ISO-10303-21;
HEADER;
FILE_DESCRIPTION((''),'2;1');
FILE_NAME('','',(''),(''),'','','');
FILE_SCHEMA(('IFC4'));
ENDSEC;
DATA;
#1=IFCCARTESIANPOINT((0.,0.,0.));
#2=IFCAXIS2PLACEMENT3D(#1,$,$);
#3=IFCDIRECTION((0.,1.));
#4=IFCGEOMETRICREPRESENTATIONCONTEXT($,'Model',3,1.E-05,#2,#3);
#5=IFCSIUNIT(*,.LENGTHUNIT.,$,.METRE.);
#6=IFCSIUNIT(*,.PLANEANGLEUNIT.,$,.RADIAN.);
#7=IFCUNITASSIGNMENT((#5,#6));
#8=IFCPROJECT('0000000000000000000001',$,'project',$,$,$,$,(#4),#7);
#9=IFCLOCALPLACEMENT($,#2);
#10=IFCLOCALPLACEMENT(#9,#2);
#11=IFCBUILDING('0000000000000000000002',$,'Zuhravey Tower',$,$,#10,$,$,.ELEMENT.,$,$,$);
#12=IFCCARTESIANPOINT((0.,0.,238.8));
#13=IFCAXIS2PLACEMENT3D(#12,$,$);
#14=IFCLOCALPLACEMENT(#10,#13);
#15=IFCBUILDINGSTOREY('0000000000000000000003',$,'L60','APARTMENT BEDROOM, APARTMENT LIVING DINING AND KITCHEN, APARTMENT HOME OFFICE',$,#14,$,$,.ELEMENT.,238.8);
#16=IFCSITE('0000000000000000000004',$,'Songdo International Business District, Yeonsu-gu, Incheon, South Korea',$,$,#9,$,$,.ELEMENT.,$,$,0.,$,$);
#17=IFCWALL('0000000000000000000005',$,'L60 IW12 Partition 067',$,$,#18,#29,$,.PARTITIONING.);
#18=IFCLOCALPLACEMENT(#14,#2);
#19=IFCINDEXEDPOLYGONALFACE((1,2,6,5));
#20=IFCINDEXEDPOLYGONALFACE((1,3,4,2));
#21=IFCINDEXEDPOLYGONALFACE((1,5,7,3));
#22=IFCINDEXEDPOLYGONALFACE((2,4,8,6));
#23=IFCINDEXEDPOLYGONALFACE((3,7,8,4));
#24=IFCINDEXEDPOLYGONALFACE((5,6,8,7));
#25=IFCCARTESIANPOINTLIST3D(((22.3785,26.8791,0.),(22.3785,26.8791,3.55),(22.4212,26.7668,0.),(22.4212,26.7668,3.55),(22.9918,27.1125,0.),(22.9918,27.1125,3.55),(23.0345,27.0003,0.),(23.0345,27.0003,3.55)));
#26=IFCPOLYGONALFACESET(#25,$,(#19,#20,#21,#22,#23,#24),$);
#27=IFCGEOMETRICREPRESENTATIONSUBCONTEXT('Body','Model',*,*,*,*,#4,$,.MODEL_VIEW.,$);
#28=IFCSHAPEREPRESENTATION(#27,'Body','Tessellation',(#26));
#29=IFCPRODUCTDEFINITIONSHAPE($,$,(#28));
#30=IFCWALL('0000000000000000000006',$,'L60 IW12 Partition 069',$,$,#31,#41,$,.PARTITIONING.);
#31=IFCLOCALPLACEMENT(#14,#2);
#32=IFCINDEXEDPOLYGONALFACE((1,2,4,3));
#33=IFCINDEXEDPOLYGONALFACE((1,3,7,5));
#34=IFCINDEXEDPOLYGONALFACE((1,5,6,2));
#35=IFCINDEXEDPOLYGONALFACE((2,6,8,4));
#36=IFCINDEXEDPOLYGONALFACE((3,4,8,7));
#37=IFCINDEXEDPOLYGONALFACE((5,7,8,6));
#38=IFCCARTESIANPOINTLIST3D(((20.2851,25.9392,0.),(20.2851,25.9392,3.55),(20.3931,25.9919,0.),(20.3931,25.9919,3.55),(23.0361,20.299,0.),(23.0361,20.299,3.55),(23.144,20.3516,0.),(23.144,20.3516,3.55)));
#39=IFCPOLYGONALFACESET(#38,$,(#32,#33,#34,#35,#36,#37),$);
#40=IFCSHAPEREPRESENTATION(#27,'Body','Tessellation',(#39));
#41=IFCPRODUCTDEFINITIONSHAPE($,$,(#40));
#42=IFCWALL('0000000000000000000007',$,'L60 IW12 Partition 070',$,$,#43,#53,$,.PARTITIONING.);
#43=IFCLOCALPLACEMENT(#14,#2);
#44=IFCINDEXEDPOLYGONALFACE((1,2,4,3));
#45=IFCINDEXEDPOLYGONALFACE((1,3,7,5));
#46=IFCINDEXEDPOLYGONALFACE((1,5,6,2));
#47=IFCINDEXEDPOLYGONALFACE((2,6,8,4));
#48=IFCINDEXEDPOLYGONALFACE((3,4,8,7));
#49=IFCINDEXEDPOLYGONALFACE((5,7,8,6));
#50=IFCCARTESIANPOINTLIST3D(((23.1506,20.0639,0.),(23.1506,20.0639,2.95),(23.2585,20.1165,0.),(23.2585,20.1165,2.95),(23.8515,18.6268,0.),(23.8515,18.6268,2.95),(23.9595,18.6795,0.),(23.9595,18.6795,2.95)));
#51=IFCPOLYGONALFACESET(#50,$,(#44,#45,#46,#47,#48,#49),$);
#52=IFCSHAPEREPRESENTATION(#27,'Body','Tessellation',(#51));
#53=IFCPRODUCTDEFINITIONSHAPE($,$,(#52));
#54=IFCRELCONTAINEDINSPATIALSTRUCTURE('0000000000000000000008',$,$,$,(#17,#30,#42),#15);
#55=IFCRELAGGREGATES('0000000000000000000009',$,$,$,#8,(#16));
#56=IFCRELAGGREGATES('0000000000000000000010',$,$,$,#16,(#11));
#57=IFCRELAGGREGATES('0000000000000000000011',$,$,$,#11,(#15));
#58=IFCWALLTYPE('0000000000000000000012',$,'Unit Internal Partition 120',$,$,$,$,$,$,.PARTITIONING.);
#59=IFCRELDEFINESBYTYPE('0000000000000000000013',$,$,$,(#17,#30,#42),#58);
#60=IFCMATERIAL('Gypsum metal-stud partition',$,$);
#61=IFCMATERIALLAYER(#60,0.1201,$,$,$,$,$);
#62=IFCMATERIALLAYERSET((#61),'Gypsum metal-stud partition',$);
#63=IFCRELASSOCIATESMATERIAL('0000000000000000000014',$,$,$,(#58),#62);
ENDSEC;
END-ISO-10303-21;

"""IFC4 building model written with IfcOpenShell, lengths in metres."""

from ifc_helpers import new_model, si_unit, direction, frame, frame_2d, origin, place, context, subcontext, project, spatial, rectangle, extrude, material, layer, layer_set, type_object, element, save


model = new_model("IFC4")

# Units and contexts
model_context = context("Model", 3, precision=1e-05, world=origin(), true_north=direction((0.0, 1.0)))
body_context = subcontext(model_context, "Body", "Model", "MODEL_VIEW")
ifc_project = project(units=[si_unit("LENGTHUNIT", "METRE"), si_unit("PLANEANGLEUNIT", "RADIAN")], contexts=[model_context])

# Site, building, storey
site_placement = place(None, origin())
site = spatial("IfcSite", under=ifc_project, at=site_placement, Name="Songdo International Business District, Yeonsu-gu, Incheon, South Korea", CompositionType="ELEMENT", RefElevation=0.0)
building_placement = place(site_placement, origin())
building = spatial("IfcBuilding", under=site, at=building_placement, Name="Zuhravey Tower", CompositionType="ELEMENT")
storey_placement = place(building_placement, frame((0.0, 0.0, 238.8)))
storey = spatial("IfcBuildingStorey", under=building, at=storey_placement, Name="L60", Description="APARTMENT BEDROOM, APARTMENT LIVING DINING AND KITCHEN, APARTMENT HOME OFFICE", CompositionType="ELEMENT", Elevation=238.8)

# Shared definitions
ifc_material_1 = material(Name="Gypsum metal-stud partition")
ifc_layer_1 = layer(ifc_material_1, 0.1201)
ifc_layer_set_1 = layer_set([ifc_layer_1], Name="Gypsum metal-stud partition")
wall_type_1 = type_object("IfcWallType", Name="Unit Internal Partition 120", PredefinedType="PARTITIONING", material=ifc_layer_set_1)

# Walls
wall_1_placement = place(storey_placement, frame((23.0132, 27.0564, 0.0), z_axis=(0.0, 0.0, 1.0), x_axis=(-0.934606, -0.355686, 0.0)))
element("IfcWall", 1, at=wall_1_placement, inside=storey, type_object=wall_type_1, Name="L60 IW12 Partition 067", PredefinedType="PARTITIONING", context=body_context, shape_type="SweptSolid", body=[
    extrude(rectangle(XDim=0.6562, YDim=0.1201, at=frame_2d((0.3281, 0.0))), origin(), (0.0, 0.0, 1.0), 3.55),
])
wall_2_placement = place(storey_placement, frame((20.3391, 25.9656, 0.0), z_axis=(0.0, 0.0, 1.0), x_axis=(0.438368, -0.898795, 0.0)))
element("IfcWall", 2, at=wall_2_placement, inside=storey, type_object=wall_type_1, Name="L60 IW12 Partition 069", PredefinedType="PARTITIONING", context=body_context, shape_type="SweptSolid", body=[
    extrude(rectangle(XDim=6.2754, YDim=0.1201, at=frame_2d((3.1377, 0.0))), origin(), (0.0, 0.0, 1.0), 3.55),
])
wall_3_placement = place(storey_placement, frame((23.2046, 20.0901, 0.0), z_axis=(0.0, 0.0, 1.0), x_axis=(0.438397, -0.898782, 0.0)))
element("IfcWall", 3, at=wall_3_placement, inside=storey, type_object=wall_type_1, Name="L60 IW12 Partition 070", PredefinedType="PARTITIONING", context=body_context, shape_type="SweptSolid", body=[
    extrude(rectangle(XDim=1.5989, YDim=0.1201, at=frame_2d((0.7993, 0.0))), origin(), (0.0, 0.0, 1.0), 2.95),
])

save(model, "model.ifc")
